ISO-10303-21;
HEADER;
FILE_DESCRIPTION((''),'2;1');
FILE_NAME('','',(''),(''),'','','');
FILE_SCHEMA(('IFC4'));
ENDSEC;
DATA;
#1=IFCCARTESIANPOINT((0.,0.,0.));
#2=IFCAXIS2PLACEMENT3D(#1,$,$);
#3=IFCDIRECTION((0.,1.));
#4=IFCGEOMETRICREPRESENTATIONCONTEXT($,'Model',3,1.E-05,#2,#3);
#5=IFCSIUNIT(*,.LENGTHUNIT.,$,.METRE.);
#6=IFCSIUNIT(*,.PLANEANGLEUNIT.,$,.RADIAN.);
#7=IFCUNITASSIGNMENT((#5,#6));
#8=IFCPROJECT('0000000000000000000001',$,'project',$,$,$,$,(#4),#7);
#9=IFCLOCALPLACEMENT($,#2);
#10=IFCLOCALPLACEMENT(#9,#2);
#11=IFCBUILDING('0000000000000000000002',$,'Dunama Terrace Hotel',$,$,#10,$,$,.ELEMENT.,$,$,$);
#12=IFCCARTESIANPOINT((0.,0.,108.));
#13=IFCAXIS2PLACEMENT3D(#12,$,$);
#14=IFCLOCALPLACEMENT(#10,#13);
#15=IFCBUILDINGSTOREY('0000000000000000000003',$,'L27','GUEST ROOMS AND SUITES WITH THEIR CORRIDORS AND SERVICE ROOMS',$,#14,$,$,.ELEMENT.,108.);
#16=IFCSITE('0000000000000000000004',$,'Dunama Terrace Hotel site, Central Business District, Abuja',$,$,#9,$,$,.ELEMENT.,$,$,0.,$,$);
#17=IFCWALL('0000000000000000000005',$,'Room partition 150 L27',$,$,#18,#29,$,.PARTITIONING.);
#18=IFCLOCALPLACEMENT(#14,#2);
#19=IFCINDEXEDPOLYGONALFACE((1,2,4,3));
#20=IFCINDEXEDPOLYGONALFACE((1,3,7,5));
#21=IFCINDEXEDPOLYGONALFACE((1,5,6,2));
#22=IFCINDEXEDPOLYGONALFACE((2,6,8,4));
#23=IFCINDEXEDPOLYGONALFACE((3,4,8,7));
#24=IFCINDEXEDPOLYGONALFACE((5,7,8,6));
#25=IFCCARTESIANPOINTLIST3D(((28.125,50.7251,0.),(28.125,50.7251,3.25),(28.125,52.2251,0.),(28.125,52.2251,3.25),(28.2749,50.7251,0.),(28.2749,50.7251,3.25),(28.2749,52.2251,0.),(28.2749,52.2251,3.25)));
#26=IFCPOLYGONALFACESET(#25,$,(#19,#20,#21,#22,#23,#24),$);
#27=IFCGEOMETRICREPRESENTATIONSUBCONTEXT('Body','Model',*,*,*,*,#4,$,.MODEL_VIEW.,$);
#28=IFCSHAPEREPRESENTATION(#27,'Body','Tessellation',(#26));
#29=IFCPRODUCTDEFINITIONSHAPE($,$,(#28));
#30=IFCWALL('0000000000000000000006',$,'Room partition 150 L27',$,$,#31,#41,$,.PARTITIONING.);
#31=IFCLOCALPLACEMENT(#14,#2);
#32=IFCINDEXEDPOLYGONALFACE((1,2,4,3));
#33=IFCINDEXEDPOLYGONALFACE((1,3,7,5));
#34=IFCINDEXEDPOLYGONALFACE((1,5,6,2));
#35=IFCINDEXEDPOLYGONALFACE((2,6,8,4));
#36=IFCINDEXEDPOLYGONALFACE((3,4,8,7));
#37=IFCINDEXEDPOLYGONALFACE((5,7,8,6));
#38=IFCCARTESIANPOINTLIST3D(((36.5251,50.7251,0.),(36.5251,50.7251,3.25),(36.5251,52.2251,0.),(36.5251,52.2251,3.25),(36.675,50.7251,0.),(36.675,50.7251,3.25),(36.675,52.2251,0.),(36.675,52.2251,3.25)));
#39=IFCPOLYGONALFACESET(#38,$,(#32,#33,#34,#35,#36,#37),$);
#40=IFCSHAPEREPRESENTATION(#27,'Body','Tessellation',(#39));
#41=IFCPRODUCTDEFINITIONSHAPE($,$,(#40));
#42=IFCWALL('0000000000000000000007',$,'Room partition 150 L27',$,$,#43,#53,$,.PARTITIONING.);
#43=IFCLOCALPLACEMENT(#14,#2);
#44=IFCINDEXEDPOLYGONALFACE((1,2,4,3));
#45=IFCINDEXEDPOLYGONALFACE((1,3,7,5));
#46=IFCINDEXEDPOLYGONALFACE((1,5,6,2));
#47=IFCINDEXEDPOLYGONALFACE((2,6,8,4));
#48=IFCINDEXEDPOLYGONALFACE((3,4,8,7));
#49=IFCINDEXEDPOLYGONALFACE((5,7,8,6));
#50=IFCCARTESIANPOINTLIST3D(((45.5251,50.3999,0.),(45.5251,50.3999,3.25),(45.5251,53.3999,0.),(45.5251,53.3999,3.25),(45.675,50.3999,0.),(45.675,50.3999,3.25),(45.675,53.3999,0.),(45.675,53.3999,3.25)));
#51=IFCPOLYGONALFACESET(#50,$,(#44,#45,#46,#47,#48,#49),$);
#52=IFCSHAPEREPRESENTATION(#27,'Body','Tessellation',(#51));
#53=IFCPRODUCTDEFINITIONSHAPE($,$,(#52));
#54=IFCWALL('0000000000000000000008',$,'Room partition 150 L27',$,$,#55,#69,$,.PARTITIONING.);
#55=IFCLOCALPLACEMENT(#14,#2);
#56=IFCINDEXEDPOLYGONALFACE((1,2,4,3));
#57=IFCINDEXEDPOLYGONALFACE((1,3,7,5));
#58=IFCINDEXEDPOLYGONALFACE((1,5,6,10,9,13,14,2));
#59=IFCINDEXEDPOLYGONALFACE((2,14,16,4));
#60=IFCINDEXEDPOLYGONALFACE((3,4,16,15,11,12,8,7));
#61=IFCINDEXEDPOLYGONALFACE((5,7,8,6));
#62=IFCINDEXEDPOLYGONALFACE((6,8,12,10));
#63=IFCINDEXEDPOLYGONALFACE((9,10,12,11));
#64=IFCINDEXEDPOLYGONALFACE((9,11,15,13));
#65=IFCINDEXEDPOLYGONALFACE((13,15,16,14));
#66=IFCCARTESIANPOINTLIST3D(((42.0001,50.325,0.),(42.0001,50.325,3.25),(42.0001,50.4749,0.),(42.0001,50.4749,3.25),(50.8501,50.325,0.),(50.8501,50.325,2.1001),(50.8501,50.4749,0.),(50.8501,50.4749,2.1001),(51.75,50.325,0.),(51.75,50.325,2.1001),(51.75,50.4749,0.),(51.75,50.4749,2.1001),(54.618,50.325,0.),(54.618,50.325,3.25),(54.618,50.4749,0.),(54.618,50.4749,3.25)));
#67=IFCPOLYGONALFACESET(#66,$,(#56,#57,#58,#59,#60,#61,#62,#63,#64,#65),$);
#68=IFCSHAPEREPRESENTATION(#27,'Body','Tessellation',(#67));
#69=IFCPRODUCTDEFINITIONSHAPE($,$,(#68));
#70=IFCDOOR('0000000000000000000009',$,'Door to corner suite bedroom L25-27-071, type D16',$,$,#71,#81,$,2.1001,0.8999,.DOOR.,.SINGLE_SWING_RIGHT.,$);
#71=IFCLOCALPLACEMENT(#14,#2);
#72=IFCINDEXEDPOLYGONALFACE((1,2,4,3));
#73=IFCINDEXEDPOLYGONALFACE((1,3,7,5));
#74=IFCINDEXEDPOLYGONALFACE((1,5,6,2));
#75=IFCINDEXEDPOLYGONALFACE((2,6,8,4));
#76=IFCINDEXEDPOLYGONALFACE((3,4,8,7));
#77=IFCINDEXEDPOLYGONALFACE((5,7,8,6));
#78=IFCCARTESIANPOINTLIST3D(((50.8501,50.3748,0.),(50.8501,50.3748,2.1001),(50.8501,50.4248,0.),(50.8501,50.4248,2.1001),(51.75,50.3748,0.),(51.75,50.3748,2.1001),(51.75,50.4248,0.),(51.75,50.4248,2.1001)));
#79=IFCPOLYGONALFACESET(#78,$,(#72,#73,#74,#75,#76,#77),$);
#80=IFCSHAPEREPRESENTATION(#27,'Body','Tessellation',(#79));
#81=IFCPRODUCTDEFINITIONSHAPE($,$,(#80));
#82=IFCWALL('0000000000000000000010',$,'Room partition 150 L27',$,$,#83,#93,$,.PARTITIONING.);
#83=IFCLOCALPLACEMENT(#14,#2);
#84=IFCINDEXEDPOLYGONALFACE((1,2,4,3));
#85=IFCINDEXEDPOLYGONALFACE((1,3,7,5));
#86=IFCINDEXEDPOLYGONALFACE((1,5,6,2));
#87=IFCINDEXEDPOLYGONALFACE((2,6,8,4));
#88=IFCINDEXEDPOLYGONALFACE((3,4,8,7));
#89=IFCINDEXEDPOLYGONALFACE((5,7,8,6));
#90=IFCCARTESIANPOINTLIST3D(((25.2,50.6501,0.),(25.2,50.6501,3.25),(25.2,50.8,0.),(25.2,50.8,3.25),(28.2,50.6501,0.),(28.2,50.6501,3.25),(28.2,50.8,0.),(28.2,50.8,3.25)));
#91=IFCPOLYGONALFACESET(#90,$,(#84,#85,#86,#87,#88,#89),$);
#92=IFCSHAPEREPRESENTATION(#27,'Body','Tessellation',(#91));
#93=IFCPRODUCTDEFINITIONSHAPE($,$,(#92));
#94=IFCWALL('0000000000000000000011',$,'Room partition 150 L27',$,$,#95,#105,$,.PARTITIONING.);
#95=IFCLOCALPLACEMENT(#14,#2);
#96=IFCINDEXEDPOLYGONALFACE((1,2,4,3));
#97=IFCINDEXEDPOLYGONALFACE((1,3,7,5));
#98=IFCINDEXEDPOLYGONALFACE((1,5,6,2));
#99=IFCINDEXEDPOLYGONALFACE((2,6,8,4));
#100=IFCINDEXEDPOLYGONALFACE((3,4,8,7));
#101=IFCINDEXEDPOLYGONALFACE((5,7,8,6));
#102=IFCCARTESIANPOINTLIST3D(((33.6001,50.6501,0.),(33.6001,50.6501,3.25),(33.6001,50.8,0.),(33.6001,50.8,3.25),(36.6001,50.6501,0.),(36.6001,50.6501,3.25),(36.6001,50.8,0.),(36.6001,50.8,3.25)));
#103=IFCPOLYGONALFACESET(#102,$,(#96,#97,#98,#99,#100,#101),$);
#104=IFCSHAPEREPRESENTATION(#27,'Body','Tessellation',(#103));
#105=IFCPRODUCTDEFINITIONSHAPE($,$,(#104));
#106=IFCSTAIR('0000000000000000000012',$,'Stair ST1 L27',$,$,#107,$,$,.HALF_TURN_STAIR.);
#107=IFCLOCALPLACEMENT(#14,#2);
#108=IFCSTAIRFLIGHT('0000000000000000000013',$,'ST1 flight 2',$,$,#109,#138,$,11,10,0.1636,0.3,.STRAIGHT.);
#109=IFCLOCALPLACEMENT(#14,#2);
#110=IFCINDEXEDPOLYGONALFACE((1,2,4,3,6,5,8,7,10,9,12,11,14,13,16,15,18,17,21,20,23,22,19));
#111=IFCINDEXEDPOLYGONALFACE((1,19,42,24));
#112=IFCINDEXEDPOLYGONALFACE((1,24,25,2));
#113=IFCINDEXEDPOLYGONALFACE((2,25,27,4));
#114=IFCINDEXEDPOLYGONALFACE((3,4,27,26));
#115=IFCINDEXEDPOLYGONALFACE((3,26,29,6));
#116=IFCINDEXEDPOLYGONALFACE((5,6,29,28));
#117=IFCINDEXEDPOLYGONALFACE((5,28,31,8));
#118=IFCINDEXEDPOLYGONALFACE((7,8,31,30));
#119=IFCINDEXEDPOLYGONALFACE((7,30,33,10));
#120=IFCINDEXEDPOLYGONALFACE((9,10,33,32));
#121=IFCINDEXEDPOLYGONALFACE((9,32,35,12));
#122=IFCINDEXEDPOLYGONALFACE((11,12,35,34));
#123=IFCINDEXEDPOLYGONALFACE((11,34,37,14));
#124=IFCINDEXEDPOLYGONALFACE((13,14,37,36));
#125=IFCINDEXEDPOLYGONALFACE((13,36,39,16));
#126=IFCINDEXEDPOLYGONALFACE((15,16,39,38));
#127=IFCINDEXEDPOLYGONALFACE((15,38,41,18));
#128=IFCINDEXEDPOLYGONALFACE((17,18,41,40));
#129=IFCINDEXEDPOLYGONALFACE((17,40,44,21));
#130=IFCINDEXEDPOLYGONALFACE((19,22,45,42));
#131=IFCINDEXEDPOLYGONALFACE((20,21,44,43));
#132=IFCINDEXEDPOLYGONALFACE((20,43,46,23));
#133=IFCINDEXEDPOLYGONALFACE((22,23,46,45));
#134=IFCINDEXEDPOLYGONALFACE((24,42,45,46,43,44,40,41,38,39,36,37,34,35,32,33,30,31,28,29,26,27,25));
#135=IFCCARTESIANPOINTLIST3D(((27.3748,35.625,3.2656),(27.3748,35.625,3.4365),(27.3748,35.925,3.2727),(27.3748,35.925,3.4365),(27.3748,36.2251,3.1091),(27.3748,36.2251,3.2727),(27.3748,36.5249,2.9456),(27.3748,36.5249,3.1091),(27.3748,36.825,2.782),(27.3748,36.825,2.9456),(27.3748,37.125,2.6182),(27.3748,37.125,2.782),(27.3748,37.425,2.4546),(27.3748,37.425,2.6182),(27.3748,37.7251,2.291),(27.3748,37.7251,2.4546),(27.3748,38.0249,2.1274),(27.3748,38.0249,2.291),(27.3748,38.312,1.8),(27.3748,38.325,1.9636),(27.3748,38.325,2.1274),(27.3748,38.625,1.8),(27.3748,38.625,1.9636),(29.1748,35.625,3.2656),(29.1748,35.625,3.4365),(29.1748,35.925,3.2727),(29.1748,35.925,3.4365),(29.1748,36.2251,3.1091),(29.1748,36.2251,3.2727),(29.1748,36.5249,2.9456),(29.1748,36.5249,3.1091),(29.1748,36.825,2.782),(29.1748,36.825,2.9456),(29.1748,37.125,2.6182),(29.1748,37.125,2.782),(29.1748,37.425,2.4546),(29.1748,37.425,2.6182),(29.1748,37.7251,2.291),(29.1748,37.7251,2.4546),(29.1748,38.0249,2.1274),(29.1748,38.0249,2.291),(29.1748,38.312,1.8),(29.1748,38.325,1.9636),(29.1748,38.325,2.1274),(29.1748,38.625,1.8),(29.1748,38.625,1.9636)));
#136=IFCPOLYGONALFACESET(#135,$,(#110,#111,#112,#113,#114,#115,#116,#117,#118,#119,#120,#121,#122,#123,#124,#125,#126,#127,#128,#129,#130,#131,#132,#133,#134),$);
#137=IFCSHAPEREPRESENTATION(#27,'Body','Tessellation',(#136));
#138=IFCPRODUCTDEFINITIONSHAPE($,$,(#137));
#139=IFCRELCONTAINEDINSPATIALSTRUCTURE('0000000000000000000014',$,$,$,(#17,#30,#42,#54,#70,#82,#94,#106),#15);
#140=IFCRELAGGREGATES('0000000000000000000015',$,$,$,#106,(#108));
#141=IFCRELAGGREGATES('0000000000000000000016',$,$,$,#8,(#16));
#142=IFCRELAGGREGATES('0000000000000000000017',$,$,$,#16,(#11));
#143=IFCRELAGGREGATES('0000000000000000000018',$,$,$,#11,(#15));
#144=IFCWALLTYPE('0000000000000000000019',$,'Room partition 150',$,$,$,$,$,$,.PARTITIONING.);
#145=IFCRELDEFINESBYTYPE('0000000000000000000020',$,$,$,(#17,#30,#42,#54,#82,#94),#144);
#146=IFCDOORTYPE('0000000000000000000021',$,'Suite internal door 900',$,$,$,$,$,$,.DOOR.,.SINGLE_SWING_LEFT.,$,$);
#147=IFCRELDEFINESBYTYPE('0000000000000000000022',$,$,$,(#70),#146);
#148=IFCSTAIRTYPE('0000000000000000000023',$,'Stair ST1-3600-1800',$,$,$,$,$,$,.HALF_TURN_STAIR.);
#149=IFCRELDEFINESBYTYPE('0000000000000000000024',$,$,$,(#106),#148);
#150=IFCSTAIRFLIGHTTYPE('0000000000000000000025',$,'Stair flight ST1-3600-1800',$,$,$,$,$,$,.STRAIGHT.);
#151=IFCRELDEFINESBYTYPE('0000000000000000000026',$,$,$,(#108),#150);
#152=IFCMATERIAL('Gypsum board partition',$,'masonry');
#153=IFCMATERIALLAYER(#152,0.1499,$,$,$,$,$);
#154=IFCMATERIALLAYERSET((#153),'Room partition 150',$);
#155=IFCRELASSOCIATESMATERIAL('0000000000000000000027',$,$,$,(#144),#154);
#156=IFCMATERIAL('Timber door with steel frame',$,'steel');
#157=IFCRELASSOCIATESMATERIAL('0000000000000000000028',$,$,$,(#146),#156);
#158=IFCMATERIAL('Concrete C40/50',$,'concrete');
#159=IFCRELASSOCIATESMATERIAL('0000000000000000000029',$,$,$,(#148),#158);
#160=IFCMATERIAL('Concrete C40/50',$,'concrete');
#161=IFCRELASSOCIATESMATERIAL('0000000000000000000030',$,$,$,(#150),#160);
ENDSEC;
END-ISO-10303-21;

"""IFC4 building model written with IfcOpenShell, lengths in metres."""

from ifc_helpers import new_model, si_unit, direction, frame, frame_2d, origin, place, context, subcontext, project, spatial, polyline, rectangle, outline, extrude, material, layer, layer_set, type_object, element, fill, aggregate, save


model = new_model("IFC4")

# Units and contexts
model_context = context("Model", 3, precision=1e-05, world=origin(), true_north=direction((0.0, 1.0)))
body_context = subcontext(model_context, "Body", "Model", "MODEL_VIEW")
ifc_project = project(units=[si_unit("LENGTHUNIT", "METRE"), si_unit("PLANEANGLEUNIT", "RADIAN")], contexts=[model_context])

# Site, building, storey
site_placement = place(None, origin())
site = spatial("IfcSite", under=ifc_project, at=site_placement, Name="Dunama Terrace Hotel site, Central Business District, Abuja", CompositionType="ELEMENT", RefElevation=0.0)
building_placement = place(site_placement, origin())
building = spatial("IfcBuilding", under=site, at=building_placement, Name="Dunama Terrace Hotel", CompositionType="ELEMENT")
storey_placement = place(building_placement, frame((0.0, 0.0, 108.0)))
storey = spatial("IfcBuildingStorey", under=building, at=storey_placement, Name="L27", Description="GUEST ROOMS AND SUITES WITH THEIR CORRIDORS AND SERVICE ROOMS", CompositionType="ELEMENT", Elevation=108.0)

# Walls
ifc_material_1 = material(Name="Gypsum board partition", Category="masonry")
ifc_layer_1 = layer(ifc_material_1, 0.1499)
ifc_layer_set_1 = layer_set([ifc_layer_1], Name="Room partition 150")
wall_type_1 = type_object("IfcWallType", Name="Room partition 150", PredefinedType="PARTITIONING", material=ifc_layer_set_1)
for number, where, z_axis, x_axis, name in (
    (1, (28.2, 50.7251, 0.0), (0.0, 0.0, 1.0), (0.0, 1.0, 0.0), "Room partition 150 L27"),
    (2, (36.6001, 50.7251, 0.0), (0.0, 0.0, 1.0), (0.0, 1.0, 0.0), "Room partition 150 L27"),
):
    element("IfcWall", number, at=place(storey_placement, frame(where, z_axis=z_axis, x_axis=x_axis)), inside=storey, type_object=wall_type_1, Name=name, PredefinedType="PARTITIONING", context=body_context, shape_type="SweptSolid", body=[
        extrude(rectangle(XDim=1.5, YDim=0.1499, at=frame_2d((0.75, 0.0))), origin(), (0.0, 0.0, 1.0), 3.25),
    ])
wall_1_placement = place(storey_placement, frame((45.6001, 50.3999, 0.0), z_axis=(0.0, 0.0, 1.0), x_axis=(0.0, 1.0, 0.0)))
element("IfcWall", 3, at=wall_1_placement, inside=storey, type_object=wall_type_1, Name="Room partition 150 L27", PredefinedType="PARTITIONING", context=body_context, shape_type="SweptSolid", body=[
    extrude(rectangle(XDim=3.0, YDim=0.1499, at=frame_2d((1.5, 0.0))), origin(), (0.0, 0.0, 1.0), 3.25),
])

# Wall, opening, door
wall_2_placement = place(storey_placement, frame((42.0, 50.3999, 0.0), z_axis=(0.0, 0.0, 1.0), x_axis=(1.0, 0.0, 0.0)))
wall_2 = element("IfcWall", 4, at=wall_2_placement, inside=storey, type_object=wall_type_1, Name="Room partition 150 L27", PredefinedType="PARTITIONING", context=body_context, shape_type="SweptSolid", body=[
    extrude(rectangle(XDim=12.6179, YDim=0.1499, at=frame_2d((6.3091, 0.0))), origin(), (0.0, 0.0, 1.0), 3.25),
])
opening_1_placement = place(wall_2_placement, frame((8.8501, 0.0, 0.0)))
opening_1 = element("IfcOpeningElement", 5, at=opening_1_placement, cuts=wall_2, PredefinedType="OPENING", context=body_context, shape_type="SweptSolid", body=[
    extrude(rectangle(XDim=0.8999, YDim=2.1001, at=frame_2d((0.45, 1.05))), frame((0.0, 0.085, 0.0), z_axis=(0.0, -1.0, 0.0), x_axis=(1.0, 0.0, 0.0)), (0.0, 0.0, 1.0), 0.1699),
])
ifc_material_2 = material(Name="Timber door with steel frame", Category="steel")
door_type_1 = type_object("IfcDoorType", Name="Suite internal door 900", OperationType="SINGLE_SWING_LEFT", PredefinedType="DOOR", material=ifc_material_2)
door_1_placement = place(opening_1_placement, origin())
door_1 = element("IfcDoor", 6, at=door_1_placement, inside=storey, type_object=door_type_1, Name="Door to corner suite bedroom L25-27-071, type D16", OperationType="SINGLE_SWING_RIGHT", OverallHeight=2.1001, OverallWidth=0.8999, PredefinedType="DOOR", context=body_context, shape_type="SweptSolid", body=[
    extrude(rectangle(XDim=0.8999, YDim=2.1001, at=frame_2d((0.45, 1.05))), frame((0.0, 0.0249, 0.0), z_axis=(0.0, -1.0, 0.0), x_axis=(1.0, 0.0, 0.0)), (0.0, 0.0, 1.0), 0.05),
])
fill(opening_1, door_1)

# Walls
for number, where, z_axis, x_axis, name in (
    (7, (25.2, 50.7251, 0.0), (0.0, 0.0, 1.0), (1.0, 0.0, 0.0), "Room partition 150 L27"),
    (8, (33.6001, 50.7251, 0.0), (0.0, 0.0, 1.0), (1.0, 0.0, 0.0), "Room partition 150 L27"),
):
    element("IfcWall", number, at=place(storey_placement, frame(where, z_axis=z_axis, x_axis=x_axis)), inside=storey, type_object=wall_type_1, Name=name, PredefinedType="PARTITIONING", context=body_context, shape_type="SweptSolid", body=[
        extrude(rectangle(XDim=3.0, YDim=0.1499, at=frame_2d((1.5, 0.0))), origin(), (0.0, 0.0, 1.0), 3.25),
    ])

# Stair, stair flight
ifc_material_3 = material(Name="Concrete C40/50", Category="concrete")
stair_type = type_object("IfcStairType", Name="Stair ST1-3600-1800", PredefinedType="HALF_TURN_STAIR", material=ifc_material_3)
stair_placement = place(storey_placement, origin())
stair = element("IfcStair", 9, at=stair_placement, inside=storey, type_object=stair_type, Name="Stair ST1 L27", PredefinedType="HALF_TURN_STAIR")
ifc_material_4 = material(Name="Concrete C40/50", Category="concrete")
stair_flight_type = type_object("IfcStairFlightType", Name="Stair flight ST1-3600-1800", PredefinedType="STRAIGHT", material=ifc_material_4)
stair_flight_placement = place(storey_placement, frame((28.2749, 38.625, 1.8), z_axis=(0.0, 0.0, 1.0), x_axis=(0.0, -1.0, 0.0)))
stair_flight = element("IfcStairFlight", 10, at=stair_flight_placement, type_object=stair_flight_type, Name="ST1 flight 2", NumberOfRisers=11, NumberOfTreads=10, PredefinedType="STRAIGHT", RiserHeight=0.1636, TreadLength=0.3, context=body_context, shape_type="SweptSolid", body=[
    extrude(outline(polyline([(0.0, 0.0), (0.0, 0.1636), (0.3, 0.1636), (0.3, 0.3274), (0.6001, 0.3274), (0.6001, 0.491), (0.8999, 0.491), (0.8999, 0.6545), (1.2, 0.6545), (1.2, 0.8181), (1.5, 0.8181), (1.5, 0.9819), (1.8, 0.9819), (1.8, 1.1455), (2.1001, 1.1455), (2.1001, 1.3091), (2.3999, 1.3091), (2.3999, 1.4727), (2.7, 1.4727), (2.7, 1.6365), (3.0, 1.6365), (3.0, 1.8), (3.0, 1.4656), (0.313, 0.0), (0.0, 0.0)])), frame((0.0, 0.8999, 0.0), z_axis=(0.0, -1.0, 0.0), x_axis=(1.0, 0.0, 0.0)), (0.0, 0.0, 1.0), 1.8),
])
aggregate(stair, [stair_flight])

save(model, "model.ifc")
